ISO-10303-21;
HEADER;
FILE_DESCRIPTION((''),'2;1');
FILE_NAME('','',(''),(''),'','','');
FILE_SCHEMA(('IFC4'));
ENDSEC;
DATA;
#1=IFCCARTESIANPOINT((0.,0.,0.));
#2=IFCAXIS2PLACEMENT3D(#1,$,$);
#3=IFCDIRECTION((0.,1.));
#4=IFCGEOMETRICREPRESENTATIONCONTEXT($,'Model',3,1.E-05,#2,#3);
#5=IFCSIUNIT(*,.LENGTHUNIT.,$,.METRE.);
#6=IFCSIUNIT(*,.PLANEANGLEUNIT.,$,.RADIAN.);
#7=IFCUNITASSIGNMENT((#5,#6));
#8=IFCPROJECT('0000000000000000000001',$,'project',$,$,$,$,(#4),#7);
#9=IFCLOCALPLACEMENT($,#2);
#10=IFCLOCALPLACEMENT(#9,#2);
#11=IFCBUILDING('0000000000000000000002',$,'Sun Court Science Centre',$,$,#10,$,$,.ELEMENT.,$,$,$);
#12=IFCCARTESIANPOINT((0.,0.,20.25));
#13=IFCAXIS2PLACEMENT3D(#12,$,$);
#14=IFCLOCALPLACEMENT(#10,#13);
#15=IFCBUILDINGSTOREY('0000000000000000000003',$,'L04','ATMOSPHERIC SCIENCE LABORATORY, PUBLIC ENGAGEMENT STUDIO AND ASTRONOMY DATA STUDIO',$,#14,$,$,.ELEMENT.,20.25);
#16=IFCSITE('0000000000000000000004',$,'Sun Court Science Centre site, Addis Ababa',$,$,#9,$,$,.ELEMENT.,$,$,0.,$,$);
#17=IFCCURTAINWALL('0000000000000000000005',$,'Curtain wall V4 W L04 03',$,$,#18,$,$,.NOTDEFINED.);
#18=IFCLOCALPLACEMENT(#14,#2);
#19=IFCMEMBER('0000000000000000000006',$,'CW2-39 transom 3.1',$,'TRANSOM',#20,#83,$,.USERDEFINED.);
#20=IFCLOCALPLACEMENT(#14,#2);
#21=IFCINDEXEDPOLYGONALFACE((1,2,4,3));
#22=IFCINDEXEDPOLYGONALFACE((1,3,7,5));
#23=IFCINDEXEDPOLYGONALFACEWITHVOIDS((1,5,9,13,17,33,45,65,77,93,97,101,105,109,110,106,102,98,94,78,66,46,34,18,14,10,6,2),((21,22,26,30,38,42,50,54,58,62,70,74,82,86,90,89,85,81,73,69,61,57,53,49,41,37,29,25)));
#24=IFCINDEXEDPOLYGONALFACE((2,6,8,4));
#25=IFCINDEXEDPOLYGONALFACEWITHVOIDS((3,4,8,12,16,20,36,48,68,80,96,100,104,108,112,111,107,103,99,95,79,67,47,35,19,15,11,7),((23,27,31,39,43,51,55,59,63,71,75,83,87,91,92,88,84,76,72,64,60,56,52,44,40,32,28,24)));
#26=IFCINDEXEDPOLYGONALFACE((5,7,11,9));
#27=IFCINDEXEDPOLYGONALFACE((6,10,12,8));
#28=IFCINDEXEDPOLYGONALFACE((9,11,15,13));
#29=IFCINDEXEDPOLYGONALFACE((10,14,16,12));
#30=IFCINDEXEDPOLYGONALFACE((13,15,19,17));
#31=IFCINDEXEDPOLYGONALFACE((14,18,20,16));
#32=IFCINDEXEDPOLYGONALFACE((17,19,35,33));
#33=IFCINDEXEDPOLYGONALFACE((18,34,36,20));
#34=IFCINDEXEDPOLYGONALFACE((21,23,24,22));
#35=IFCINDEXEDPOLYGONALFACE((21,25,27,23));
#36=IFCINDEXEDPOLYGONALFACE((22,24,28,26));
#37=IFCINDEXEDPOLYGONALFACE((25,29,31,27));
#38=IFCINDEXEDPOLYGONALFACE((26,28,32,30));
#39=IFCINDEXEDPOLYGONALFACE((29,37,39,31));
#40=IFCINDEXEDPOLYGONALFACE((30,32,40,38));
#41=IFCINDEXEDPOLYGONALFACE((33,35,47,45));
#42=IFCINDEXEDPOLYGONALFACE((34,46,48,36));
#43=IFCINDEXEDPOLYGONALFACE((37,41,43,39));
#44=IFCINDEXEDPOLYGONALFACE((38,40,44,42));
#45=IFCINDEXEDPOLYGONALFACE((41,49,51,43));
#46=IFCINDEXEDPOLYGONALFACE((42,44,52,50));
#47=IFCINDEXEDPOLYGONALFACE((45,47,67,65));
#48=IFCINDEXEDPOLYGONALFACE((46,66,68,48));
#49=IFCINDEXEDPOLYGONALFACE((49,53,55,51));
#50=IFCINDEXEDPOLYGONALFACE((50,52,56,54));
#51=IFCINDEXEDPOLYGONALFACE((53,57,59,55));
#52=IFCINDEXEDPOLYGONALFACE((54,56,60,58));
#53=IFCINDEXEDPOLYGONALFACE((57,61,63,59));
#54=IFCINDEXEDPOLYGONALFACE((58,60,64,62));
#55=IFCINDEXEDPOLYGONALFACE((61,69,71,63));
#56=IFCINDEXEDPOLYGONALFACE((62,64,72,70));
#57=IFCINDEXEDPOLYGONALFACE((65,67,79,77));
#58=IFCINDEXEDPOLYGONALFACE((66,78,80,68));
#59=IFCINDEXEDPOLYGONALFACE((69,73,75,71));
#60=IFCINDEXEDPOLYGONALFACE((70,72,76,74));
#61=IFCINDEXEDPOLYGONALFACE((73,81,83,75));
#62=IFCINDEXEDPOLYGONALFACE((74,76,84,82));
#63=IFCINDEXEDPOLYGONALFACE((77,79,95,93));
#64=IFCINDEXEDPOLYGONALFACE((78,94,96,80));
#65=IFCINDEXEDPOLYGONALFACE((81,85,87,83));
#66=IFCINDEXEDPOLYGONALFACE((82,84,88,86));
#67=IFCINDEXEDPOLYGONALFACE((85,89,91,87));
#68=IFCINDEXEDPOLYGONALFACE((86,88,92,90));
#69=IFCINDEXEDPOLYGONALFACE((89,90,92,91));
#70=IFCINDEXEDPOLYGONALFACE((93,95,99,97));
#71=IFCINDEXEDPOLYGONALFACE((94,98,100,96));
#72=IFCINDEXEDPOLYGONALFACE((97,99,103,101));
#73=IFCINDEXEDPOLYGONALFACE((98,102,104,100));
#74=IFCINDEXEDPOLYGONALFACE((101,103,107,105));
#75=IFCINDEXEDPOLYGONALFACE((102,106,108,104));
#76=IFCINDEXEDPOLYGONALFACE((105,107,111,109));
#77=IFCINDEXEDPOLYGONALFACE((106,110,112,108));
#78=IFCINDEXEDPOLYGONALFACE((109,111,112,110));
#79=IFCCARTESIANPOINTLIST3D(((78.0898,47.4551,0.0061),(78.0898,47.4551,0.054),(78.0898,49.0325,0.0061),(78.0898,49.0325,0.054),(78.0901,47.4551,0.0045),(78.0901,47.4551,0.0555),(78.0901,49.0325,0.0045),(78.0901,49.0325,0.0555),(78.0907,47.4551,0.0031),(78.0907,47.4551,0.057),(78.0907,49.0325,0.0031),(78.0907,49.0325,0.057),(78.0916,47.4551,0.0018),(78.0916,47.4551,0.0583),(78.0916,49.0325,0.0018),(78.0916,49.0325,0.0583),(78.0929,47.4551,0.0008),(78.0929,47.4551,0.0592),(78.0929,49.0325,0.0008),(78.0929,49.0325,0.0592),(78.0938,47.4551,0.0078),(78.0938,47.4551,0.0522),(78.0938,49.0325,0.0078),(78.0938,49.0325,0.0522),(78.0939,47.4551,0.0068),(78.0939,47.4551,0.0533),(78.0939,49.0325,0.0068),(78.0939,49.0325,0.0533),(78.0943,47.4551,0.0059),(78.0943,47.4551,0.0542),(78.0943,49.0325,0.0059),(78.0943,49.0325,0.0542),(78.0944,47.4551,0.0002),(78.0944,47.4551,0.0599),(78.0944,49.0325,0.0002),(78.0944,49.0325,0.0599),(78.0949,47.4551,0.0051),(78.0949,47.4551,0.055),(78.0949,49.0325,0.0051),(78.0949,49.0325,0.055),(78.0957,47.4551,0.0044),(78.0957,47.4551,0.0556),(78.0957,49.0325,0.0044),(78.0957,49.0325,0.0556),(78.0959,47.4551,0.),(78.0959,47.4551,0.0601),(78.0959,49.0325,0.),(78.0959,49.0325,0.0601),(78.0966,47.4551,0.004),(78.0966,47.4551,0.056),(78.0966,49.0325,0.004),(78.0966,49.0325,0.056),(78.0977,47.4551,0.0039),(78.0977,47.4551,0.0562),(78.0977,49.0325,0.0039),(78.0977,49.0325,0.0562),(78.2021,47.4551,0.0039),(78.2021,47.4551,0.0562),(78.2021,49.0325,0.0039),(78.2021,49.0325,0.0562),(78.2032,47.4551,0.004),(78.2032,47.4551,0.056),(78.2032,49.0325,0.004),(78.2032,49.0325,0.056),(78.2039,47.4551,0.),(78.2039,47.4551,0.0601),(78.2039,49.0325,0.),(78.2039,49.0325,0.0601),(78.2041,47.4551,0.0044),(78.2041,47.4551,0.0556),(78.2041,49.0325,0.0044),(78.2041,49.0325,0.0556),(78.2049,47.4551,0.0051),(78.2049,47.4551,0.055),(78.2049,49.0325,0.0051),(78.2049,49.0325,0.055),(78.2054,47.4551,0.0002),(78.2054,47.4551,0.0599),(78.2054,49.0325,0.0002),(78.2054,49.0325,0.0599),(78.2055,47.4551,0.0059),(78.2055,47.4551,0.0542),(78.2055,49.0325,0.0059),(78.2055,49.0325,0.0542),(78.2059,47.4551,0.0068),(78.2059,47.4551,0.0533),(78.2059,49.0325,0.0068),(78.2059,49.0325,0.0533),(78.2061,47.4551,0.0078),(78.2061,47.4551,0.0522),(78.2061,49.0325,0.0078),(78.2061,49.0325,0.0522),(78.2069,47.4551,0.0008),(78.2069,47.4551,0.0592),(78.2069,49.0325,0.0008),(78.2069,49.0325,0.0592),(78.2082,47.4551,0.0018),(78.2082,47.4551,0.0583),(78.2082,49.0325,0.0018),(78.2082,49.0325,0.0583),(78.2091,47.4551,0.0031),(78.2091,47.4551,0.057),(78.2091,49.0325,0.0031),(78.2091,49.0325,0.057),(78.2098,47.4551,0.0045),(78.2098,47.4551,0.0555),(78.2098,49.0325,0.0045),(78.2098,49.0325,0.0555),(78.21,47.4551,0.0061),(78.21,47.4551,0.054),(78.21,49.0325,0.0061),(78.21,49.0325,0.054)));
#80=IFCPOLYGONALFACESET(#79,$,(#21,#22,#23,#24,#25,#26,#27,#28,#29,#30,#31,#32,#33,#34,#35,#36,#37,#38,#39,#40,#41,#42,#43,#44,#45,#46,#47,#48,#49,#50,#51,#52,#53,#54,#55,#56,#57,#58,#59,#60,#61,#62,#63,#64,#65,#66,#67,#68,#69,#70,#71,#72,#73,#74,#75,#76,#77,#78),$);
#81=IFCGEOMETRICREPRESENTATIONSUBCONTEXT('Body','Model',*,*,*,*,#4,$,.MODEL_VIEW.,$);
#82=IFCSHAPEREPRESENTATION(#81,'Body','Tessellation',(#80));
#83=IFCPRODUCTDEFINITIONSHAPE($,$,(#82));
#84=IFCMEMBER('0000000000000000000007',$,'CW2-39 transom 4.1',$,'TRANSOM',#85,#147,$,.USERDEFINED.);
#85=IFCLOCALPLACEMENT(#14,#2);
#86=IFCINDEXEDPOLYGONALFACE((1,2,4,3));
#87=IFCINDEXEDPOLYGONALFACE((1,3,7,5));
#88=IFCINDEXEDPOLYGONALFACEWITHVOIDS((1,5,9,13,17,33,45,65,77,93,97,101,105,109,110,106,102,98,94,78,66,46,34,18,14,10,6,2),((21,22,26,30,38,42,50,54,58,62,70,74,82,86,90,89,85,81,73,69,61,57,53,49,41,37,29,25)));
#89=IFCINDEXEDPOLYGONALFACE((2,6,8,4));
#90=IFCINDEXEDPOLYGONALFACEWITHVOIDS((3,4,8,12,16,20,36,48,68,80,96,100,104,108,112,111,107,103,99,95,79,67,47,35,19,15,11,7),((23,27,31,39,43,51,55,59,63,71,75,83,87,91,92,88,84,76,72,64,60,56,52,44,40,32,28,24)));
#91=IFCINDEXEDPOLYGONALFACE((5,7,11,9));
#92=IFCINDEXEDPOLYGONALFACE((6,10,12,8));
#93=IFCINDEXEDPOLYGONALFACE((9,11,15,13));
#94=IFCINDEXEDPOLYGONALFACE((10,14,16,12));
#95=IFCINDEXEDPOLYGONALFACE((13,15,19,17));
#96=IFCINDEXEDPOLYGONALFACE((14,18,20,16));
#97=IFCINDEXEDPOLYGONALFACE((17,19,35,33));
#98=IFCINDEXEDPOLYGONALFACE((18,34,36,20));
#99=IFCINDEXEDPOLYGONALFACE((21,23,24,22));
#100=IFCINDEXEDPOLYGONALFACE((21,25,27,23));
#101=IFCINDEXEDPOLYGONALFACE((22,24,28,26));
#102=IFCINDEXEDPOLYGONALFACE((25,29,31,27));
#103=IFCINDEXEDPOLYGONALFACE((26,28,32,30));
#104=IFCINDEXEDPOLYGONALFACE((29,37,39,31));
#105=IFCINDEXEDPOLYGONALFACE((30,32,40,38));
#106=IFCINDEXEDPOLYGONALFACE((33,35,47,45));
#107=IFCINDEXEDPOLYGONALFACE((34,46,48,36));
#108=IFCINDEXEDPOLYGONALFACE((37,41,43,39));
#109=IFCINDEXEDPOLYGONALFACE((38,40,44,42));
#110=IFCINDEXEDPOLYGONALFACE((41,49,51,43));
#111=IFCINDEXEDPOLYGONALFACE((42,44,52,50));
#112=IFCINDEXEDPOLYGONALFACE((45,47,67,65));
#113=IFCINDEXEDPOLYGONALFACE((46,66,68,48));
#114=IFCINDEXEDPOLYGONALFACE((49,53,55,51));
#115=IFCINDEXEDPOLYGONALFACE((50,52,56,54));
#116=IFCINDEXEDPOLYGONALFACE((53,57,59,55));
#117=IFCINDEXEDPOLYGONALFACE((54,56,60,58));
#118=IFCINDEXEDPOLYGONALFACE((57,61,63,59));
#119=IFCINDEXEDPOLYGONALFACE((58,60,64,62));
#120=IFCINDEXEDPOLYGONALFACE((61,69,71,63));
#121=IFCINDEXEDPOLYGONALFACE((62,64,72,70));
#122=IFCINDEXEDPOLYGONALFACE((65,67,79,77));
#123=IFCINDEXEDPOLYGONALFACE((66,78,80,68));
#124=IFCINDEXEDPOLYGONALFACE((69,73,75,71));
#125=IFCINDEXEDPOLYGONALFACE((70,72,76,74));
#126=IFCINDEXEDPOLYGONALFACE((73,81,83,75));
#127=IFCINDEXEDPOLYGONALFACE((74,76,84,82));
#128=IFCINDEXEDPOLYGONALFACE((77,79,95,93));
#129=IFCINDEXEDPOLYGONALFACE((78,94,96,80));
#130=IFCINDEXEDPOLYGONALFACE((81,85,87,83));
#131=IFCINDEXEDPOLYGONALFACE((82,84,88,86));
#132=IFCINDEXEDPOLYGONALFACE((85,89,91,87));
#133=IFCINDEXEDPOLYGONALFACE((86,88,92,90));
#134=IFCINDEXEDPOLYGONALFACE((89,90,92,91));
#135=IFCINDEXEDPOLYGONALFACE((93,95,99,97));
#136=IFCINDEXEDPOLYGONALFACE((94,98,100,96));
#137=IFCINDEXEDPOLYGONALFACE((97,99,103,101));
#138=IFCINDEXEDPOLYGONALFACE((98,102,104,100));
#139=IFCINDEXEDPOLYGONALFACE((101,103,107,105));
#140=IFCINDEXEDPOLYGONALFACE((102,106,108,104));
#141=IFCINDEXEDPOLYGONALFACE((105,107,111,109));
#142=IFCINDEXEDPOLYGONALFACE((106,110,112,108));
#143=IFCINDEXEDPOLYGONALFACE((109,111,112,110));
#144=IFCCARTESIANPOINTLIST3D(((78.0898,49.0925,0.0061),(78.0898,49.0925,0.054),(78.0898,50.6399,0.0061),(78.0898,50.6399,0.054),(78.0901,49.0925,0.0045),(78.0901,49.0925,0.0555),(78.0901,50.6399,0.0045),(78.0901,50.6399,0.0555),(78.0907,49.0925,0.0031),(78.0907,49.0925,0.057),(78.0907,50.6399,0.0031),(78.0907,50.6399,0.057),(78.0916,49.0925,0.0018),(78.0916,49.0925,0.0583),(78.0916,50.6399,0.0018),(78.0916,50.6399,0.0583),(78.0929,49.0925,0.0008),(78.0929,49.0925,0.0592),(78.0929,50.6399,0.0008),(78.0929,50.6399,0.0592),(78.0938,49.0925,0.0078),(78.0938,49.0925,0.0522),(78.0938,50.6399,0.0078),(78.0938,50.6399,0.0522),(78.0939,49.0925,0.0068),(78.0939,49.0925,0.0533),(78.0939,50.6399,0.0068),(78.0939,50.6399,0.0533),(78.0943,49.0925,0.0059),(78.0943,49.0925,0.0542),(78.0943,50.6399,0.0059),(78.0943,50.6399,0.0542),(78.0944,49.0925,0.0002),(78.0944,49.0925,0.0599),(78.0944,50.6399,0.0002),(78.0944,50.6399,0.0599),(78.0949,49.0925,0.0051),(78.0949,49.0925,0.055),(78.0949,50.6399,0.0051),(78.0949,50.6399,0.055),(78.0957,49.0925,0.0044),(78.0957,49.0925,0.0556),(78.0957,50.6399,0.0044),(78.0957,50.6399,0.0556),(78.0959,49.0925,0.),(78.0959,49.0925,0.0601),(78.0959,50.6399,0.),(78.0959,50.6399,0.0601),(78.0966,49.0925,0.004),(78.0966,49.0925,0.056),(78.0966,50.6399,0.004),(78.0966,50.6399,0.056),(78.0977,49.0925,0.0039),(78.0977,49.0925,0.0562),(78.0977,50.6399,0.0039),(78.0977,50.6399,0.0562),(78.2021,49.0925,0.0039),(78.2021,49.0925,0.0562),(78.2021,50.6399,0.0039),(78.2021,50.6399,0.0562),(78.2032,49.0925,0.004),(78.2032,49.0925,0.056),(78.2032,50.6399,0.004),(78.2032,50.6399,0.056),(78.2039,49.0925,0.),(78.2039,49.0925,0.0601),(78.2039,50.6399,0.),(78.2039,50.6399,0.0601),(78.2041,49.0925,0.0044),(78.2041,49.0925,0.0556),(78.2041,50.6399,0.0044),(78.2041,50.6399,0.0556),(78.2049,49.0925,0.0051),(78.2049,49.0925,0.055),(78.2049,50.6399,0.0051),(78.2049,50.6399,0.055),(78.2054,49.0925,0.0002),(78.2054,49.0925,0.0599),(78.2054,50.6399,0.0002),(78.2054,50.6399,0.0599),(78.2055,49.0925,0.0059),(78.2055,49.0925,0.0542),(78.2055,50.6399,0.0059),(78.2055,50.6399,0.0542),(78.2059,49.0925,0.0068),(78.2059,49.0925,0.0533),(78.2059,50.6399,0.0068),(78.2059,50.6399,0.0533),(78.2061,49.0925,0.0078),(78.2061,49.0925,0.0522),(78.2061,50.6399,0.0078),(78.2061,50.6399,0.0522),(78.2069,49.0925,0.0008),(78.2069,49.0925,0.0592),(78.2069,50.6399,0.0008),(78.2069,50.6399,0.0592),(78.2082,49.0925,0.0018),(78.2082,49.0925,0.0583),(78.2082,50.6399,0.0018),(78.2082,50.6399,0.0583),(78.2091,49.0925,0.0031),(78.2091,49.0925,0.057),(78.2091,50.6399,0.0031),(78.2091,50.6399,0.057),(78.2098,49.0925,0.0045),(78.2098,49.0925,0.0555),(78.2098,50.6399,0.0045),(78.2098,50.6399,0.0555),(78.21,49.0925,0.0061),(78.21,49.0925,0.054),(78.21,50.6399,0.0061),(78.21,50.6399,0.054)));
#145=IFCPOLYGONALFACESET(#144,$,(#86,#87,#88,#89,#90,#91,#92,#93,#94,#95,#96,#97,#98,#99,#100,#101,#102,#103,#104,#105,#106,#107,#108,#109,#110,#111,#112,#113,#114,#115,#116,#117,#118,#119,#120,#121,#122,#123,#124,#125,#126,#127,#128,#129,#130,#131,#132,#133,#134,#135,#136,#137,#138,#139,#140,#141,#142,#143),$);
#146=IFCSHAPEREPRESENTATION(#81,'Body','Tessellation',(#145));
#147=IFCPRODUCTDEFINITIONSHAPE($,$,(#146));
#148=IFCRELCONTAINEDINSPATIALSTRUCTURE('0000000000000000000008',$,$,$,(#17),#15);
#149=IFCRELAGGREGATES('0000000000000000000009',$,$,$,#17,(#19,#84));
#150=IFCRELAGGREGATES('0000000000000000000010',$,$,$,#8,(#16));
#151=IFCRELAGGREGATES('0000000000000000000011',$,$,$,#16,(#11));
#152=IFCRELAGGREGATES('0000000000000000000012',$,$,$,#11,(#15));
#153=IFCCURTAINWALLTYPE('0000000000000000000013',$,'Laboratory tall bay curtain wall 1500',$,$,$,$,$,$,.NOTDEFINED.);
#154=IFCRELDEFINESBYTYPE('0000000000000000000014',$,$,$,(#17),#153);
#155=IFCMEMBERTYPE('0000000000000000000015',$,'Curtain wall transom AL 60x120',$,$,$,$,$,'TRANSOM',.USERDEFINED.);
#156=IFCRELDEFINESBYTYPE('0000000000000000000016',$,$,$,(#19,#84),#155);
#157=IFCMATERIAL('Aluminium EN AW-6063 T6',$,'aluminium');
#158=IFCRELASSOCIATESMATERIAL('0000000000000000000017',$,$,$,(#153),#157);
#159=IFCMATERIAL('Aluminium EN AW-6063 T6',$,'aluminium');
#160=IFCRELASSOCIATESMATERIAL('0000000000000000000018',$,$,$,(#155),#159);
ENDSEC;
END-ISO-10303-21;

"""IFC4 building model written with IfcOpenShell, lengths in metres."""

from ifc_helpers import new_model, si_unit, direction, frame, origin, origin_2d, place, context, subcontext, project, spatial, hollow_rectangle, extrude, material, material_profile, profile_set, type_object, element, aggregate, save


model = new_model("IFC4")

# Units and contexts
model_context = context("Model", 3, precision=1e-05, world=origin(), true_north=direction((0.0, 1.0)))
body_context = subcontext(model_context, "Body", "Model", "MODEL_VIEW")
ifc_project = project(units=[si_unit("LENGTHUNIT", "METRE"), si_unit("PLANEANGLEUNIT", "RADIAN")], contexts=[model_context])

# Site, building, storey
site_placement = place(None, origin())
site = spatial("IfcSite", under=ifc_project, at=site_placement, Name="Sun Court Science Centre site, Addis Ababa", CompositionType="ELEMENT", RefElevation=0.0)
building_placement = place(site_placement, origin())
building = spatial("IfcBuilding", under=site, at=building_placement, Name="Sun Court Science Centre", CompositionType="ELEMENT")
storey_placement = place(building_placement, frame((0.0, 0.0, 20.25)))
storey = spatial("IfcBuildingStorey", under=building, at=storey_placement, Name="L04", Description="ATMOSPHERIC SCIENCE LABORATORY, PUBLIC ENGAGEMENT STUDIO AND ASTRONOMY DATA STUDIO", CompositionType="ELEMENT", Elevation=20.25)

# Shared definitions
ifc_material_1 = material(Name="Aluminium EN AW-6063 T6", Category="aluminium")
curtain_wall_type = type_object("IfcCurtainWallType", Name="Laboratory tall bay curtain wall 1500", PredefinedType="NOTDEFINED", material=ifc_material_1)

# Curtain wall
curtain_wall_1_placement = place(storey_placement, origin())
curtain_wall_1 = element("IfcCurtainWall", 1, at=curtain_wall_1_placement, inside=storey, type_object=curtain_wall_type, Name="Curtain wall V4 W L04 03", PredefinedType="NOTDEFINED")

# Members
ifc_material_2 = material(Name="Aluminium EN AW-6063 T6", Category="aluminium")
ifc_material_profile_1 = material_profile(ifc_material_2, hollow_rectangle(XDim=0.0601, YDim=0.1201, WallThickness=0.0039, InnerFilletRadius=0.0039, OuterFilletRadius=0.0061, at=origin_2d()), Name="AL 60x120x4")
ifc_profile_set_1 = profile_set([ifc_material_profile_1], Name="Aluminium EN AW-6063 T6")
member_type_1 = type_object("IfcMemberType", Name="Curtain wall transom AL 60x120", ElementType="TRANSOM", PredefinedType="USERDEFINED", material=ifc_profile_set_1)
member_1_placement = place(storey_placement, frame((78.1499, 47.4551, 0.03), z_axis=(0.0, 1.0, 0.0), x_axis=(0.0, 0.0, 1.0)))
member_1 = element("IfcMember", 2, at=member_1_placement, type_object=member_type_1, Name="CW2-39 transom 3.1", ObjectType="TRANSOM", PredefinedType="USERDEFINED", context=body_context, shape_type="SweptSolid", body=[
    extrude(hollow_rectangle(XDim=0.0601, YDim=0.1201, WallThickness=0.0039, InnerFilletRadius=0.0039, OuterFilletRadius=0.0061, at=origin_2d()), origin(), (0.0, 0.0, 1.0), 1.5774),
])
member_2_placement = place(storey_placement, frame((78.1499, 49.0925, 0.03), z_axis=(0.0, 1.0, 0.0), x_axis=(0.0, 0.0, 1.0)))
member_2 = element("IfcMember", 3, at=member_2_placement, type_object=member_type_1, Name="CW2-39 transom 4.1", ObjectType="TRANSOM", PredefinedType="USERDEFINED", context=body_context, shape_type="SweptSolid", body=[
    extrude(hollow_rectangle(XDim=0.0601, YDim=0.1201, WallThickness=0.0039, InnerFilletRadius=0.0039, OuterFilletRadius=0.0061, at=origin_2d()), origin(), (0.0, 0.0, 1.0), 1.5474),
])

aggregate(curtain_wall_1, [member_1, member_2])

save(model, "model.ifc")
